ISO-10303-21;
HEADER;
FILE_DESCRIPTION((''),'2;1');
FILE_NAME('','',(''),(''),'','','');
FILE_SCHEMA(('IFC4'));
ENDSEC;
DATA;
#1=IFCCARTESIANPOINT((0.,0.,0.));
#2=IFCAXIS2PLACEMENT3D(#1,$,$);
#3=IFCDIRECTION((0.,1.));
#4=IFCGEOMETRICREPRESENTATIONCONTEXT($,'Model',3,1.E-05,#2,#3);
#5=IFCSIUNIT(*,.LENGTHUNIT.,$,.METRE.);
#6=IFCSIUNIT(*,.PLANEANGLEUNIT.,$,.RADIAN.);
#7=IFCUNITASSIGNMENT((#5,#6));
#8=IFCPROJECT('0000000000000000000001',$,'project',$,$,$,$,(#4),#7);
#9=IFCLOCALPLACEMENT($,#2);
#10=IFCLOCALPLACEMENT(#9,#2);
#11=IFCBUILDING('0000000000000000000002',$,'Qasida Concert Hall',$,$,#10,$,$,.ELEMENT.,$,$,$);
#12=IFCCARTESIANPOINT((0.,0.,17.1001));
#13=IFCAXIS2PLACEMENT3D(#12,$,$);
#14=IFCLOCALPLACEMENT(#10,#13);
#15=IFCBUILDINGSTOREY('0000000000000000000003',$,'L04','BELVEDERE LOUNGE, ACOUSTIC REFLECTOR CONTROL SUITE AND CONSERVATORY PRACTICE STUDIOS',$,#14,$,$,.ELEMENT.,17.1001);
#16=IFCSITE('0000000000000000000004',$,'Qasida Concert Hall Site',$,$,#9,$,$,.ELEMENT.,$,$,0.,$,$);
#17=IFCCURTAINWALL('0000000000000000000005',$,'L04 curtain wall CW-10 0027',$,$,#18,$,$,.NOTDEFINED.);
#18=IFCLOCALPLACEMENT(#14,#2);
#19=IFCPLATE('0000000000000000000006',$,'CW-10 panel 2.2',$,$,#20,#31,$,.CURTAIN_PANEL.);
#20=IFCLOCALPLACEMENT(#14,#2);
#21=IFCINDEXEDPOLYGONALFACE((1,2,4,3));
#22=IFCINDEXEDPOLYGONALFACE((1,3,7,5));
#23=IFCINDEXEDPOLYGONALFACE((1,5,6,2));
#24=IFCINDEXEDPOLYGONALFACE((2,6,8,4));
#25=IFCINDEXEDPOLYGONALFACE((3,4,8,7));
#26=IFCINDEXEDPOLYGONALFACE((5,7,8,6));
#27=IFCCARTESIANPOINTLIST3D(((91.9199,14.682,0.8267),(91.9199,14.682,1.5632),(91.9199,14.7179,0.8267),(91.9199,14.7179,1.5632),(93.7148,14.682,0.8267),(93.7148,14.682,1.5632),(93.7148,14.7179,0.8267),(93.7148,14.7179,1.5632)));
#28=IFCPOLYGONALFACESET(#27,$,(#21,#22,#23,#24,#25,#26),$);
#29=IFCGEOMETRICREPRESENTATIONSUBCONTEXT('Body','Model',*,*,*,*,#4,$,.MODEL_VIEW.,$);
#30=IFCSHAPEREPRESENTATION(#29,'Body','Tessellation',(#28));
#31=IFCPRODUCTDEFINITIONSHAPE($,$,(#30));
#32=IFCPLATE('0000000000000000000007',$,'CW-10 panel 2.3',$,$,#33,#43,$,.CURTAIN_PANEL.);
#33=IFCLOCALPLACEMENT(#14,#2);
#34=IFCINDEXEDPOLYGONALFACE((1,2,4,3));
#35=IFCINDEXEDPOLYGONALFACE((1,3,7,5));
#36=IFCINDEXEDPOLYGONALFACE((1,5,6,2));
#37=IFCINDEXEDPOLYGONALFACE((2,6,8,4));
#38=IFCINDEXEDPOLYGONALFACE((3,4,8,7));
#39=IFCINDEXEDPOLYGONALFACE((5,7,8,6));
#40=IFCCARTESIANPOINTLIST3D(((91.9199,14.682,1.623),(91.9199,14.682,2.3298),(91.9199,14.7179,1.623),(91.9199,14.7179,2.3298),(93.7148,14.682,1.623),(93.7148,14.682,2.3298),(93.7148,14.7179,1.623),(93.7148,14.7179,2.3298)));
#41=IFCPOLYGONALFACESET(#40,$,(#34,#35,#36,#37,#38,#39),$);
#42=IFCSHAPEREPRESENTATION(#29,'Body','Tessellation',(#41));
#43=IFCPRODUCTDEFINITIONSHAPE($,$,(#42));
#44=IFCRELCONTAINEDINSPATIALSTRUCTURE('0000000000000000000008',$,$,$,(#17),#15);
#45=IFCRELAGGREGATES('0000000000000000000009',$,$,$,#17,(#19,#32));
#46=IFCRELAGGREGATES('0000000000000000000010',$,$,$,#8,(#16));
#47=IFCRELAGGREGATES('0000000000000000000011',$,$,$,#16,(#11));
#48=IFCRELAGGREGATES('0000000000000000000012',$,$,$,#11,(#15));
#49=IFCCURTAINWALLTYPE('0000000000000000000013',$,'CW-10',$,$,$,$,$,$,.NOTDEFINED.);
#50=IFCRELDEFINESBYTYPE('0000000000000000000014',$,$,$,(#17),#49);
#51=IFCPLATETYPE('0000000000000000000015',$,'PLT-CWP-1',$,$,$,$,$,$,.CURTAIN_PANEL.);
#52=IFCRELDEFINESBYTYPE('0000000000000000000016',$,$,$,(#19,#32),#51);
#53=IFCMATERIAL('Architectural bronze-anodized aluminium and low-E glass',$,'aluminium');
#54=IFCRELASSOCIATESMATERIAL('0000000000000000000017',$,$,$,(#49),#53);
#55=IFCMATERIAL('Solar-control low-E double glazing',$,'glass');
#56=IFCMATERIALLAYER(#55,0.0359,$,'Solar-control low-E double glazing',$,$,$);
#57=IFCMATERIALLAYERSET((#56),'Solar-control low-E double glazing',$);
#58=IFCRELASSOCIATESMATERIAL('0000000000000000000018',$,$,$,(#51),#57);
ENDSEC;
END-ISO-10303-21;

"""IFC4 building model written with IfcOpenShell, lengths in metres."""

from ifc_helpers import new_model, si_unit, direction, frame, origin, origin_2d, place, context, subcontext, project, spatial, rectangle, extrude, material, layer, layer_set, type_object, element, aggregate, save


model = new_model("IFC4")

# Units and contexts
model_context = context("Model", 3, precision=1e-05, world=origin(), true_north=direction((0.0, 1.0)))
body_context = subcontext(model_context, "Body", "Model", "MODEL_VIEW")
ifc_project = project(units=[si_unit("LENGTHUNIT", "METRE"), si_unit("PLANEANGLEUNIT", "RADIAN")], contexts=[model_context])

# Site, building, storey
site_placement = place(None, origin())
site = spatial("IfcSite", under=ifc_project, at=site_placement, Name="Qasida Concert Hall Site", CompositionType="ELEMENT", RefElevation=0.0)
building_placement = place(site_placement, origin())
building = spatial("IfcBuilding", under=site, at=building_placement, Name="Qasida Concert Hall", CompositionType="ELEMENT")
storey_placement = place(building_placement, frame((0.0, 0.0, 17.1001)))
storey = spatial("IfcBuildingStorey", under=building, at=storey_placement, Name="L04", Description="BELVEDERE LOUNGE, ACOUSTIC REFLECTOR CONTROL SUITE AND CONSERVATORY PRACTICE STUDIOS", CompositionType="ELEMENT", Elevation=17.1001)

# Curtain wall, plates
ifc_material_1 = material(Name="Architectural bronze-anodized aluminium and low-E glass", Category="aluminium")
curtain_wall_type = type_object("IfcCurtainWallType", Name="CW-10", PredefinedType="NOTDEFINED", material=ifc_material_1)
curtain_wall_placement = place(storey_placement, origin())
curtain_wall = element("IfcCurtainWall", 1, at=curtain_wall_placement, inside=storey, type_object=curtain_wall_type, Name="L04 curtain wall CW-10 0027", PredefinedType="NOTDEFINED")
ifc_material_2 = material(Name="Solar-control low-E double glazing", Category="glass")
ifc_layer = layer(ifc_material_2, 0.0359, Name="Solar-control low-E double glazing")
ifc_layer_set = layer_set([ifc_layer], Name="Solar-control low-E double glazing")
plate_type = type_object("IfcPlateType", Name="PLT-CWP-1", PredefinedType="CURTAIN_PANEL", material=ifc_layer_set)
plate_1_placement = place(storey_placement, frame((92.8174, 14.7, 0.8267), z_axis=(0.0, 0.0, 1.0), x_axis=(1.0, 0.0, 0.0)))
plate_1 = element("IfcPlate", 2, at=plate_1_placement, type_object=plate_type, Name="CW-10 panel 2.2", PredefinedType="CURTAIN_PANEL", context=body_context, shape_type="SweptSolid", body=[
    extrude(rectangle(XDim=1.7949, YDim=0.0359, at=origin_2d()), origin(), (0.0, 0.0, 1.0), 0.7366),
])
plate_2_placement = place(storey_placement, frame((92.8174, 14.7, 1.623), z_axis=(0.0, 0.0, 1.0), x_axis=(1.0, 0.0, 0.0)))
plate_2 = element("IfcPlate", 3, at=plate_2_placement, type_object=plate_type, Name="CW-10 panel 2.3", PredefinedType="CURTAIN_PANEL", context=body_context, shape_type="SweptSolid", body=[
    extrude(rectangle(XDim=1.7949, YDim=0.0359, at=origin_2d()), origin(), (0.0, 0.0, 1.0), 0.7068),
])
aggregate(curtain_wall, [plate_1, plate_2])

save(model, "model.ifc")
